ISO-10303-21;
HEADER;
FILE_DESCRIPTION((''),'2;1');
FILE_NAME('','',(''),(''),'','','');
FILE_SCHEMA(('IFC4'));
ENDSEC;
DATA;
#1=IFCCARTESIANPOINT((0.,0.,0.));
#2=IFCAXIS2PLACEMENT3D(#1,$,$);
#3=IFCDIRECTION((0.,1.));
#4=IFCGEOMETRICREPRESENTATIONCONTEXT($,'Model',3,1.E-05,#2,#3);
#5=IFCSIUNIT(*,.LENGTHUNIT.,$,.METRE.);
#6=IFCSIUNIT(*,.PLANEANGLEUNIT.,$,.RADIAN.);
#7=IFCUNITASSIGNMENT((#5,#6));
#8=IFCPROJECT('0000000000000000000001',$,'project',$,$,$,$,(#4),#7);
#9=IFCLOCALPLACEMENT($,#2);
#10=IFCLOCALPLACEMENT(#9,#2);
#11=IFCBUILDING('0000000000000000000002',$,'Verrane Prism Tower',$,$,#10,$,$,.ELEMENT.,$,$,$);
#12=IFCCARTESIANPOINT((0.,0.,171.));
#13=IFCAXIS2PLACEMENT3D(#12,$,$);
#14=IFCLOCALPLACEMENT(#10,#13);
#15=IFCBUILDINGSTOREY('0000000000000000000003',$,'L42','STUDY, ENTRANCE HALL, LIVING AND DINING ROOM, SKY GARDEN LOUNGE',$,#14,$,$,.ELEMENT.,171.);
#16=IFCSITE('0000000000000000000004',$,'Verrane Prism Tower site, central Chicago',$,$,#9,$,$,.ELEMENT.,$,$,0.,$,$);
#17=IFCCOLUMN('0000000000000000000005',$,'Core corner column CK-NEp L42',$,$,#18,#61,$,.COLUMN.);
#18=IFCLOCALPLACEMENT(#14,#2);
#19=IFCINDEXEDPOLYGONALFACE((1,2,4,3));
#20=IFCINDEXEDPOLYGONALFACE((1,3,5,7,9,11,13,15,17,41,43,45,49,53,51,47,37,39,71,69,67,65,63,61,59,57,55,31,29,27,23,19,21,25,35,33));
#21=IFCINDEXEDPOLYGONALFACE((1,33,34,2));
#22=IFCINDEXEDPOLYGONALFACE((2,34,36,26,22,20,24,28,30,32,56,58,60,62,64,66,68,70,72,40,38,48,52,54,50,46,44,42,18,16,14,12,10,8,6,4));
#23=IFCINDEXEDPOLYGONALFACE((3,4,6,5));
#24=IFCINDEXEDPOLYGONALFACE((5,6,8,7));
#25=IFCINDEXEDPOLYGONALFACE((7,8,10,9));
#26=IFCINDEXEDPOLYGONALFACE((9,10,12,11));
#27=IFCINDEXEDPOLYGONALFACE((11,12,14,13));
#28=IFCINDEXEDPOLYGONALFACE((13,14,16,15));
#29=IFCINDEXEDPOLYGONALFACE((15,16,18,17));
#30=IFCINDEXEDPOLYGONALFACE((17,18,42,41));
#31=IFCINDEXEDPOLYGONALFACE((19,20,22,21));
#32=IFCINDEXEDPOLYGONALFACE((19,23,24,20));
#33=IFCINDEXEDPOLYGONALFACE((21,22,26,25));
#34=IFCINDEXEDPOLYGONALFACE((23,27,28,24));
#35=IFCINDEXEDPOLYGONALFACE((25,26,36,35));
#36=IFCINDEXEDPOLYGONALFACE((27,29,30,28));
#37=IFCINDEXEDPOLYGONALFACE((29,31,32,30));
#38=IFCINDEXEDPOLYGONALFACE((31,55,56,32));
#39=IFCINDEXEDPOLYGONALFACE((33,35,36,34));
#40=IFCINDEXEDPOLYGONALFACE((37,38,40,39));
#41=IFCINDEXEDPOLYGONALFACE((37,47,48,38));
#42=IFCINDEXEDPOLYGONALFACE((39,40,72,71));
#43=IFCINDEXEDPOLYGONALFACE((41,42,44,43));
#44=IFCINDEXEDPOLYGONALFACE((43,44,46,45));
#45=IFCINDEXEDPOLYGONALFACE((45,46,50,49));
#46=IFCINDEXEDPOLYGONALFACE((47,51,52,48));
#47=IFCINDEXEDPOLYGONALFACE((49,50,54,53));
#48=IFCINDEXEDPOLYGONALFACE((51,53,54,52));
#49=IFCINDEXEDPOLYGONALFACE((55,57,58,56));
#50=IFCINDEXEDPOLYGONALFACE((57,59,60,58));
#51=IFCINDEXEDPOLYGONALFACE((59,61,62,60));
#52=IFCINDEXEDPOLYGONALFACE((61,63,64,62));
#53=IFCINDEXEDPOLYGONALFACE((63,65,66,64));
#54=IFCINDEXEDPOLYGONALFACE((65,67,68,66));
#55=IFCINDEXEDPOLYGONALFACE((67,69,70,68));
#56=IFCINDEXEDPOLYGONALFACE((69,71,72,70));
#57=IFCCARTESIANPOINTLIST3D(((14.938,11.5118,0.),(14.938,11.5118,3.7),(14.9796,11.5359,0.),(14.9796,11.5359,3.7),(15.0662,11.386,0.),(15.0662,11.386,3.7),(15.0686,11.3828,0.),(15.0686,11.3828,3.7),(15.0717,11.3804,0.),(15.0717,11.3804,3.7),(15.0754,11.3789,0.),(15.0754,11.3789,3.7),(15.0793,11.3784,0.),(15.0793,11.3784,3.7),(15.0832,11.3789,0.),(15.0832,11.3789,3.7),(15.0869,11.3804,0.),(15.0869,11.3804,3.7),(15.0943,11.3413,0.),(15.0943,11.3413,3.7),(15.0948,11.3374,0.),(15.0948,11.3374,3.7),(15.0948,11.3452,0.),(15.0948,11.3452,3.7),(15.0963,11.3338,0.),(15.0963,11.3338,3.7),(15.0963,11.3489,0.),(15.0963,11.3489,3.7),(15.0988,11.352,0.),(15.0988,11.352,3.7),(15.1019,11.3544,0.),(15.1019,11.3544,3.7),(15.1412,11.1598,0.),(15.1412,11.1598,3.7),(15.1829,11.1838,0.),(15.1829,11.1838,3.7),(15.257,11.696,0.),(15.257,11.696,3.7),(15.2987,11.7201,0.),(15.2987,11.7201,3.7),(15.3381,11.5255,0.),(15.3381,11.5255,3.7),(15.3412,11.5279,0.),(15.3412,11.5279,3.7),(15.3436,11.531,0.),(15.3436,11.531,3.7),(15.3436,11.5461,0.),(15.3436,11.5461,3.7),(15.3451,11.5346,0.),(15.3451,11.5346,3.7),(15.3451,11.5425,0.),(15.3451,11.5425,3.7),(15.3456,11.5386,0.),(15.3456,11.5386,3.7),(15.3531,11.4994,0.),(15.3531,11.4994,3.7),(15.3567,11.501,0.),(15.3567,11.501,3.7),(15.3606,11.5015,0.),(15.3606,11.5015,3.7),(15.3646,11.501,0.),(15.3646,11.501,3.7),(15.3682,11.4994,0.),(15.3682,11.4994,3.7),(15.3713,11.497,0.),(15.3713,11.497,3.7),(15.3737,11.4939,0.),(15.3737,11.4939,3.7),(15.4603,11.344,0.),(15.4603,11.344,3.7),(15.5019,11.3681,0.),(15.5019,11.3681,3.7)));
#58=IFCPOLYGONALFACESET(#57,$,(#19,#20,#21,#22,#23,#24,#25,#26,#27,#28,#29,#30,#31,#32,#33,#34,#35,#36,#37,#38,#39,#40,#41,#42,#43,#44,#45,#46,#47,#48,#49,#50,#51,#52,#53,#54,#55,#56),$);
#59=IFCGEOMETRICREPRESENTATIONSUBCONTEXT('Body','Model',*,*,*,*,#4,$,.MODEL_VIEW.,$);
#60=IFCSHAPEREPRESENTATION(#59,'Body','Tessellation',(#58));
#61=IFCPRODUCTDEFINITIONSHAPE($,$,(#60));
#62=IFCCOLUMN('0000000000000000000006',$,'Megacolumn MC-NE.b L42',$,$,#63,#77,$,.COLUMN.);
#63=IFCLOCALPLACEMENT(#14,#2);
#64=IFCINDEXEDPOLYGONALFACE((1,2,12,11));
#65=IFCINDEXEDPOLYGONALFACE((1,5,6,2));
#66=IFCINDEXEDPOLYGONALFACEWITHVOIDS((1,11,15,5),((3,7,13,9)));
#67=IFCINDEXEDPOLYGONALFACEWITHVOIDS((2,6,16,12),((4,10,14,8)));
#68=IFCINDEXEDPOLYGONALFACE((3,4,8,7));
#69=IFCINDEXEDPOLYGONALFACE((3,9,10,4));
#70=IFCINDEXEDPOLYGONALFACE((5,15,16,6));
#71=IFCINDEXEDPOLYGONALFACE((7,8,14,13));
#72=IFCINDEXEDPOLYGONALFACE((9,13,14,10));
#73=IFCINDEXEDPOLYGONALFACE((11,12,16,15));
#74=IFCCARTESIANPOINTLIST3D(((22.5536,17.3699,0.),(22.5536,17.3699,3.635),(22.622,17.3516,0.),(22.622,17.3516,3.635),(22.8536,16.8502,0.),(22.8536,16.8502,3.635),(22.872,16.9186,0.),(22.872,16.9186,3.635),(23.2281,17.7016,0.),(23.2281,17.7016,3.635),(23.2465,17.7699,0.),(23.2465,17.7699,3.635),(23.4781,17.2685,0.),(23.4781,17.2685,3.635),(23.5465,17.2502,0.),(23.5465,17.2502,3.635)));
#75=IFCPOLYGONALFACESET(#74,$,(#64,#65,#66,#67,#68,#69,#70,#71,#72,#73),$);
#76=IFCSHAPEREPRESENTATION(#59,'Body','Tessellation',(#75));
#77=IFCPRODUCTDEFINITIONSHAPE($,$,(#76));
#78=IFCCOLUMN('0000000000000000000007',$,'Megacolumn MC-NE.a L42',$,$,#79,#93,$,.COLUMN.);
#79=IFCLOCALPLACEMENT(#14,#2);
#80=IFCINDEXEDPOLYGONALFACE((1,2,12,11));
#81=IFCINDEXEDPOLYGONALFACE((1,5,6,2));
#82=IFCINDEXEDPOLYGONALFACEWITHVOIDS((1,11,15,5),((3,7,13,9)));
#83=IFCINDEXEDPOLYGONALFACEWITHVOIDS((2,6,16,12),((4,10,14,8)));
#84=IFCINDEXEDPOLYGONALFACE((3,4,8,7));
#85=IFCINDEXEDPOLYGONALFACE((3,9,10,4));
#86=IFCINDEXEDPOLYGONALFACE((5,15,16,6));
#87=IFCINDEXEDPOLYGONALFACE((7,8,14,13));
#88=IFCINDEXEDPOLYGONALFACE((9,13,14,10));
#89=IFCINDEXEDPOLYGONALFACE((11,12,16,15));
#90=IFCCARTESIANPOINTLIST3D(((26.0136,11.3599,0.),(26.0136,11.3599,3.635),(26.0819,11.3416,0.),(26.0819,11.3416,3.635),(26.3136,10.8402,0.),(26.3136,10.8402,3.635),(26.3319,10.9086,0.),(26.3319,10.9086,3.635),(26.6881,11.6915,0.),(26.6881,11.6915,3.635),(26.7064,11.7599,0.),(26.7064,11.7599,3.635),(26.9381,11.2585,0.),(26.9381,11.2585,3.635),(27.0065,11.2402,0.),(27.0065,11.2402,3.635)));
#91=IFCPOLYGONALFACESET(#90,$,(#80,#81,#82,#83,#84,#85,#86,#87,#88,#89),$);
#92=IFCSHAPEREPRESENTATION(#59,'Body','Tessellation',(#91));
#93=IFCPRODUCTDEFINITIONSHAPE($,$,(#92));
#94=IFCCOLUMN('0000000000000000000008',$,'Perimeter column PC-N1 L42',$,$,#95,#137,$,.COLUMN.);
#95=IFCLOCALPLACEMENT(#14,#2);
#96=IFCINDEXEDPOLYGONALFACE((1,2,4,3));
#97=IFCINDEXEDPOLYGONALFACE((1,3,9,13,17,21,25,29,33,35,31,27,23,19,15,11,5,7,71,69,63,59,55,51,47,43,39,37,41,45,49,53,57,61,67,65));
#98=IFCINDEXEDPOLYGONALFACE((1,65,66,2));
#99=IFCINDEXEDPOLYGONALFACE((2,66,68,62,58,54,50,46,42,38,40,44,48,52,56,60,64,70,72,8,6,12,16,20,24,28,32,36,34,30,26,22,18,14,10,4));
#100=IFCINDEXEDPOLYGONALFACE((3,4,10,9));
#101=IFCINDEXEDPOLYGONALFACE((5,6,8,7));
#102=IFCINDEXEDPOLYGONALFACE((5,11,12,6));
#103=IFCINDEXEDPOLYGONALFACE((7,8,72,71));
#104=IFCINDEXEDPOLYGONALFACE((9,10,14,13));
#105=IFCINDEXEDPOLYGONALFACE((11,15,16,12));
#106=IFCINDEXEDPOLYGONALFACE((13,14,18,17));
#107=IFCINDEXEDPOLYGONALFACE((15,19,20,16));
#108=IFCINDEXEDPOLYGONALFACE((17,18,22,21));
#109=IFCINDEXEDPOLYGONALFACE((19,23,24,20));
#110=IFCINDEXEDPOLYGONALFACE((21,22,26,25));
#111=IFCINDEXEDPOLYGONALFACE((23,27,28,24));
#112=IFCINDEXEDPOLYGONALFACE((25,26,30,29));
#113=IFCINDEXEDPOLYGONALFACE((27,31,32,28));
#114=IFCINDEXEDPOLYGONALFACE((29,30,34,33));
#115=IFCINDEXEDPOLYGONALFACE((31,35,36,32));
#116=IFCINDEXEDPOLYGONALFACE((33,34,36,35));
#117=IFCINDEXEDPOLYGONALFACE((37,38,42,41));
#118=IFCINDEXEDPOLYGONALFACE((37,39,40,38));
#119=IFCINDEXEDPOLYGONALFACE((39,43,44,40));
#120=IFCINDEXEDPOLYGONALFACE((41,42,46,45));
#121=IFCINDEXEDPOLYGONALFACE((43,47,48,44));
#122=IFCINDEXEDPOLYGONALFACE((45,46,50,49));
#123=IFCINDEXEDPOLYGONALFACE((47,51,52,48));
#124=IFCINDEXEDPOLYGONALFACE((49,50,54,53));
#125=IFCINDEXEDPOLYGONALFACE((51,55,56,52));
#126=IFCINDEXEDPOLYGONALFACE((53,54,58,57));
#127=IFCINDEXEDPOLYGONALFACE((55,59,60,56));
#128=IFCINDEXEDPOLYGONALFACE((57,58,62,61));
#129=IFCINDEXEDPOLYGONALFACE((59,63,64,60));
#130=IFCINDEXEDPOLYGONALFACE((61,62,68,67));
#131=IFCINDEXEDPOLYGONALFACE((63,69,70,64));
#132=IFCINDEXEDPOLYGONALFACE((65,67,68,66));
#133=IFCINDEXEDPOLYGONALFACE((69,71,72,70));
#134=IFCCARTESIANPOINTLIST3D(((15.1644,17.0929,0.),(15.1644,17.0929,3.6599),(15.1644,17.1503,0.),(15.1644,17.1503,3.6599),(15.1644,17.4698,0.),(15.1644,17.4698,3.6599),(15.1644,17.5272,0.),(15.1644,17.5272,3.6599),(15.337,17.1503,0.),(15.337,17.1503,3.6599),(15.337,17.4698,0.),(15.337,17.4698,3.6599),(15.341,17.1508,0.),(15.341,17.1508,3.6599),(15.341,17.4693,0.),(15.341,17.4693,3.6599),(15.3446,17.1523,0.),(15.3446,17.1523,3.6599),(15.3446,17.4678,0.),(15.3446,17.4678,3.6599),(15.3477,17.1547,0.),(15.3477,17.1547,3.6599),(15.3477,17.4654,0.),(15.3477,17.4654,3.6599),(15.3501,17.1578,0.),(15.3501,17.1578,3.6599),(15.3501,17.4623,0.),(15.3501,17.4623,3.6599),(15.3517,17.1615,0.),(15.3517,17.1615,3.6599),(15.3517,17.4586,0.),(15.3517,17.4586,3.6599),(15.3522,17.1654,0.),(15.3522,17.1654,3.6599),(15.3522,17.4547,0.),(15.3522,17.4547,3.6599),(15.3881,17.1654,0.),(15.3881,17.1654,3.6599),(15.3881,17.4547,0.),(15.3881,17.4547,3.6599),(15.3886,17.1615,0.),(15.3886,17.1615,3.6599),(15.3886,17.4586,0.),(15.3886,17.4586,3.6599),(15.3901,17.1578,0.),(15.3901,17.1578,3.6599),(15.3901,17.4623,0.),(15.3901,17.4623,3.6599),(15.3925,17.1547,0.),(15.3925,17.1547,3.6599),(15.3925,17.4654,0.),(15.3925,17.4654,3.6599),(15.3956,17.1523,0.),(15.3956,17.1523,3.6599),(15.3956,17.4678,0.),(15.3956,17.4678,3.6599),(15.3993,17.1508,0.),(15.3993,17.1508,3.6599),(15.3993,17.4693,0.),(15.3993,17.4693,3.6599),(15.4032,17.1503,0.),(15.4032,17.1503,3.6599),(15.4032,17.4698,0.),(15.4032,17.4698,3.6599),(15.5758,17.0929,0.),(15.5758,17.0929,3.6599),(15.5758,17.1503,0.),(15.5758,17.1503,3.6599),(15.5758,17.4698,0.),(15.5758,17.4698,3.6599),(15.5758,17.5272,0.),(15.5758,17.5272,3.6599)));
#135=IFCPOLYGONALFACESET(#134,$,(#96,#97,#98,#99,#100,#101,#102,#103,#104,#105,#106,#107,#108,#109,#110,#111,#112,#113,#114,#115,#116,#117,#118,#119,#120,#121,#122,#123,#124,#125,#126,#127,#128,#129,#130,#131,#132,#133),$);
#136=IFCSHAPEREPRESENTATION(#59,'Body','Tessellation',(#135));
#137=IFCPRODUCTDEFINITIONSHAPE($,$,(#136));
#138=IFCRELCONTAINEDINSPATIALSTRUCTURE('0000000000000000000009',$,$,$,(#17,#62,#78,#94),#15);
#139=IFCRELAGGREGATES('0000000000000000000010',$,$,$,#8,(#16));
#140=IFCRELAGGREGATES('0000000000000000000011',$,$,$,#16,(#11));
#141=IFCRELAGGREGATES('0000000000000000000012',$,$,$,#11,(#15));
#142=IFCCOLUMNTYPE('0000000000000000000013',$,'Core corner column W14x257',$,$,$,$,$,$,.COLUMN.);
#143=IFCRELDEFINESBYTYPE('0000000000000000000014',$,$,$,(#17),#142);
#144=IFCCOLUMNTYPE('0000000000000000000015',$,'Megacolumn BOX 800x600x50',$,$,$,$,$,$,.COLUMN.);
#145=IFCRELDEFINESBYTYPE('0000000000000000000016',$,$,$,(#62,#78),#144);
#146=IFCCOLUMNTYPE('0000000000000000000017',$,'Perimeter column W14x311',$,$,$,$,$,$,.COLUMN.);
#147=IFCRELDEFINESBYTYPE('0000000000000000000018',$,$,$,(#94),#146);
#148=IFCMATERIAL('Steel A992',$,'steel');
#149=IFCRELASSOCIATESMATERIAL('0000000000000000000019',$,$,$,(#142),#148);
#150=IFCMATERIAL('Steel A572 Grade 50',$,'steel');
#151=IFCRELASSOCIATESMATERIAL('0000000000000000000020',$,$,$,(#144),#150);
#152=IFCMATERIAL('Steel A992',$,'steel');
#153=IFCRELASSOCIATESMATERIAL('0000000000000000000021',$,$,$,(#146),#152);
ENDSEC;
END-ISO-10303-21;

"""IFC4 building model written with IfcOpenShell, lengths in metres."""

from ifc_helpers import new_model, si_unit, direction, frame, origin, origin_2d, place, context, subcontext, project, spatial, hollow_rectangle, i_section, extrude, material, material_profile, profile_set, type_object, element, save


model = new_model("IFC4")

# Units and contexts
model_context = context("Model", 3, precision=1e-05, world=origin(), true_north=direction((0.0, 1.0)))
body_context = subcontext(model_context, "Body", "Model", "MODEL_VIEW")
ifc_project = project(units=[si_unit("LENGTHUNIT", "METRE"), si_unit("PLANEANGLEUNIT", "RADIAN")], contexts=[model_context])

# Site, building, storey
site_placement = place(None, origin())
site = spatial("IfcSite", under=ifc_project, at=site_placement, Name="Verrane Prism Tower site, central Chicago", CompositionType="ELEMENT", RefElevation=0.0)
building_placement = place(site_placement, origin())
building = spatial("IfcBuilding", under=site, at=building_placement, Name="Verrane Prism Tower", CompositionType="ELEMENT")
storey_placement = place(building_placement, frame((0.0, 0.0, 171.0)))
storey = spatial("IfcBuildingStorey", under=building, at=storey_placement, Name="L42", Description="STUDY, ENTRANCE HALL, LIVING AND DINING ROOM, SKY GARDEN LOUNGE", CompositionType="ELEMENT", Elevation=171.0)

# Columns
ifc_material_1 = material(Name="Steel A992", Category="steel")
ifc_material_profile_1 = material_profile(ifc_material_1, i_section(OverallWidth=0.4065, OverallDepth=0.4165, WebThickness=0.03, FlangeThickness=0.0481, FilletRadius=0.0151, at=origin_2d()), Name="W14x257")
ifc_profile_set_1 = profile_set([ifc_material_profile_1], Name="Steel A992")
column_type_1 = type_object("IfcColumnType", Name="Core corner column W14x257", PredefinedType="COLUMN", material=ifc_profile_set_1)
column_1_placement = place(storey_placement, frame((15.22, 11.4399, 0.0), z_axis=(0.0, 0.0, 1.0), x_axis=(0.5, -0.866025, 0.0)))
element("IfcColumn", 1, at=column_1_placement, inside=storey, type_object=column_type_1, Name="Core corner column CK-NEp L42", PredefinedType="COLUMN", context=body_context, shape_type="SweptSolid", body=[
    extrude(i_section(OverallWidth=0.4065, OverallDepth=0.4165, WebThickness=0.03, FlangeThickness=0.0481, FilletRadius=0.0151, at=origin_2d()), origin(), (0.0, 0.0, 1.0), 3.7),
])
ifc_material_2 = material(Name="Steel A572 Grade 50", Category="steel")
ifc_material_profile_2 = material_profile(ifc_material_2, hollow_rectangle(XDim=0.6001, YDim=0.8, WallThickness=0.05, at=origin_2d()), Name="BOX 800x600x50")
ifc_profile_set_2 = profile_set([ifc_material_profile_2], Name="Steel A572 Grade 50")
column_type_2 = type_object("IfcColumnType", Name="Megacolumn BOX 800x600x50", PredefinedType="COLUMN", material=ifc_profile_set_2)
for number, where, z_axis, x_axis, name in (
    (2, (23.05, 17.3101, 0.0), (0.0, 0.0, 1.0), (0.5, -0.866025, 0.0), "Megacolumn MC-NE.b L42"),
    (3, (26.51, 11.3, 0.0), (0.0, 0.0, 1.0), (0.5, -0.866025, 0.0), "Megacolumn MC-NE.a L42"),
):
    element("IfcColumn", number, at=place(storey_placement, frame(where, z_axis=z_axis, x_axis=x_axis)), inside=storey, type_object=column_type_2, Name=name, PredefinedType="COLUMN", context=body_context, shape_type="SweptSolid", body=[
        extrude(hollow_rectangle(XDim=0.6001, YDim=0.8, WallThickness=0.05, at=origin_2d()), origin(), (0.0, 0.0, 1.0), 3.635),
    ])
ifc_material_3 = material(Name="Steel A992", Category="steel")
ifc_material_profile_3 = material_profile(ifc_material_3, i_section(OverallWidth=0.4114, OverallDepth=0.4343, WebThickness=0.0359, FlangeThickness=0.0574, FilletRadius=0.0151, at=origin_2d()), Name="W14x311")
ifc_profile_set_3 = profile_set([ifc_material_profile_3], Name="Steel A992")
column_type_3 = type_object("IfcColumnType", Name="Perimeter column W14x311", PredefinedType="COLUMN", material=ifc_profile_set_3)
column_2_placement = place(storey_placement, frame((15.3701, 17.3101, 0.0), z_axis=(0.0, 0.0, 1.0), x_axis=(1.0, 0.0, 0.0)))
element("IfcColumn", 4, at=column_2_placement, inside=storey, type_object=column_type_3, Name="Perimeter column PC-N1 L42", PredefinedType="COLUMN", context=body_context, shape_type="SweptSolid", body=[
    extrude(i_section(OverallWidth=0.4114, OverallDepth=0.4343, WebThickness=0.0359, FlangeThickness=0.0574, FilletRadius=0.0151, at=origin_2d()), origin(), (0.0, 0.0, 1.0), 3.6599),
])

save(model, "model.ifc")
